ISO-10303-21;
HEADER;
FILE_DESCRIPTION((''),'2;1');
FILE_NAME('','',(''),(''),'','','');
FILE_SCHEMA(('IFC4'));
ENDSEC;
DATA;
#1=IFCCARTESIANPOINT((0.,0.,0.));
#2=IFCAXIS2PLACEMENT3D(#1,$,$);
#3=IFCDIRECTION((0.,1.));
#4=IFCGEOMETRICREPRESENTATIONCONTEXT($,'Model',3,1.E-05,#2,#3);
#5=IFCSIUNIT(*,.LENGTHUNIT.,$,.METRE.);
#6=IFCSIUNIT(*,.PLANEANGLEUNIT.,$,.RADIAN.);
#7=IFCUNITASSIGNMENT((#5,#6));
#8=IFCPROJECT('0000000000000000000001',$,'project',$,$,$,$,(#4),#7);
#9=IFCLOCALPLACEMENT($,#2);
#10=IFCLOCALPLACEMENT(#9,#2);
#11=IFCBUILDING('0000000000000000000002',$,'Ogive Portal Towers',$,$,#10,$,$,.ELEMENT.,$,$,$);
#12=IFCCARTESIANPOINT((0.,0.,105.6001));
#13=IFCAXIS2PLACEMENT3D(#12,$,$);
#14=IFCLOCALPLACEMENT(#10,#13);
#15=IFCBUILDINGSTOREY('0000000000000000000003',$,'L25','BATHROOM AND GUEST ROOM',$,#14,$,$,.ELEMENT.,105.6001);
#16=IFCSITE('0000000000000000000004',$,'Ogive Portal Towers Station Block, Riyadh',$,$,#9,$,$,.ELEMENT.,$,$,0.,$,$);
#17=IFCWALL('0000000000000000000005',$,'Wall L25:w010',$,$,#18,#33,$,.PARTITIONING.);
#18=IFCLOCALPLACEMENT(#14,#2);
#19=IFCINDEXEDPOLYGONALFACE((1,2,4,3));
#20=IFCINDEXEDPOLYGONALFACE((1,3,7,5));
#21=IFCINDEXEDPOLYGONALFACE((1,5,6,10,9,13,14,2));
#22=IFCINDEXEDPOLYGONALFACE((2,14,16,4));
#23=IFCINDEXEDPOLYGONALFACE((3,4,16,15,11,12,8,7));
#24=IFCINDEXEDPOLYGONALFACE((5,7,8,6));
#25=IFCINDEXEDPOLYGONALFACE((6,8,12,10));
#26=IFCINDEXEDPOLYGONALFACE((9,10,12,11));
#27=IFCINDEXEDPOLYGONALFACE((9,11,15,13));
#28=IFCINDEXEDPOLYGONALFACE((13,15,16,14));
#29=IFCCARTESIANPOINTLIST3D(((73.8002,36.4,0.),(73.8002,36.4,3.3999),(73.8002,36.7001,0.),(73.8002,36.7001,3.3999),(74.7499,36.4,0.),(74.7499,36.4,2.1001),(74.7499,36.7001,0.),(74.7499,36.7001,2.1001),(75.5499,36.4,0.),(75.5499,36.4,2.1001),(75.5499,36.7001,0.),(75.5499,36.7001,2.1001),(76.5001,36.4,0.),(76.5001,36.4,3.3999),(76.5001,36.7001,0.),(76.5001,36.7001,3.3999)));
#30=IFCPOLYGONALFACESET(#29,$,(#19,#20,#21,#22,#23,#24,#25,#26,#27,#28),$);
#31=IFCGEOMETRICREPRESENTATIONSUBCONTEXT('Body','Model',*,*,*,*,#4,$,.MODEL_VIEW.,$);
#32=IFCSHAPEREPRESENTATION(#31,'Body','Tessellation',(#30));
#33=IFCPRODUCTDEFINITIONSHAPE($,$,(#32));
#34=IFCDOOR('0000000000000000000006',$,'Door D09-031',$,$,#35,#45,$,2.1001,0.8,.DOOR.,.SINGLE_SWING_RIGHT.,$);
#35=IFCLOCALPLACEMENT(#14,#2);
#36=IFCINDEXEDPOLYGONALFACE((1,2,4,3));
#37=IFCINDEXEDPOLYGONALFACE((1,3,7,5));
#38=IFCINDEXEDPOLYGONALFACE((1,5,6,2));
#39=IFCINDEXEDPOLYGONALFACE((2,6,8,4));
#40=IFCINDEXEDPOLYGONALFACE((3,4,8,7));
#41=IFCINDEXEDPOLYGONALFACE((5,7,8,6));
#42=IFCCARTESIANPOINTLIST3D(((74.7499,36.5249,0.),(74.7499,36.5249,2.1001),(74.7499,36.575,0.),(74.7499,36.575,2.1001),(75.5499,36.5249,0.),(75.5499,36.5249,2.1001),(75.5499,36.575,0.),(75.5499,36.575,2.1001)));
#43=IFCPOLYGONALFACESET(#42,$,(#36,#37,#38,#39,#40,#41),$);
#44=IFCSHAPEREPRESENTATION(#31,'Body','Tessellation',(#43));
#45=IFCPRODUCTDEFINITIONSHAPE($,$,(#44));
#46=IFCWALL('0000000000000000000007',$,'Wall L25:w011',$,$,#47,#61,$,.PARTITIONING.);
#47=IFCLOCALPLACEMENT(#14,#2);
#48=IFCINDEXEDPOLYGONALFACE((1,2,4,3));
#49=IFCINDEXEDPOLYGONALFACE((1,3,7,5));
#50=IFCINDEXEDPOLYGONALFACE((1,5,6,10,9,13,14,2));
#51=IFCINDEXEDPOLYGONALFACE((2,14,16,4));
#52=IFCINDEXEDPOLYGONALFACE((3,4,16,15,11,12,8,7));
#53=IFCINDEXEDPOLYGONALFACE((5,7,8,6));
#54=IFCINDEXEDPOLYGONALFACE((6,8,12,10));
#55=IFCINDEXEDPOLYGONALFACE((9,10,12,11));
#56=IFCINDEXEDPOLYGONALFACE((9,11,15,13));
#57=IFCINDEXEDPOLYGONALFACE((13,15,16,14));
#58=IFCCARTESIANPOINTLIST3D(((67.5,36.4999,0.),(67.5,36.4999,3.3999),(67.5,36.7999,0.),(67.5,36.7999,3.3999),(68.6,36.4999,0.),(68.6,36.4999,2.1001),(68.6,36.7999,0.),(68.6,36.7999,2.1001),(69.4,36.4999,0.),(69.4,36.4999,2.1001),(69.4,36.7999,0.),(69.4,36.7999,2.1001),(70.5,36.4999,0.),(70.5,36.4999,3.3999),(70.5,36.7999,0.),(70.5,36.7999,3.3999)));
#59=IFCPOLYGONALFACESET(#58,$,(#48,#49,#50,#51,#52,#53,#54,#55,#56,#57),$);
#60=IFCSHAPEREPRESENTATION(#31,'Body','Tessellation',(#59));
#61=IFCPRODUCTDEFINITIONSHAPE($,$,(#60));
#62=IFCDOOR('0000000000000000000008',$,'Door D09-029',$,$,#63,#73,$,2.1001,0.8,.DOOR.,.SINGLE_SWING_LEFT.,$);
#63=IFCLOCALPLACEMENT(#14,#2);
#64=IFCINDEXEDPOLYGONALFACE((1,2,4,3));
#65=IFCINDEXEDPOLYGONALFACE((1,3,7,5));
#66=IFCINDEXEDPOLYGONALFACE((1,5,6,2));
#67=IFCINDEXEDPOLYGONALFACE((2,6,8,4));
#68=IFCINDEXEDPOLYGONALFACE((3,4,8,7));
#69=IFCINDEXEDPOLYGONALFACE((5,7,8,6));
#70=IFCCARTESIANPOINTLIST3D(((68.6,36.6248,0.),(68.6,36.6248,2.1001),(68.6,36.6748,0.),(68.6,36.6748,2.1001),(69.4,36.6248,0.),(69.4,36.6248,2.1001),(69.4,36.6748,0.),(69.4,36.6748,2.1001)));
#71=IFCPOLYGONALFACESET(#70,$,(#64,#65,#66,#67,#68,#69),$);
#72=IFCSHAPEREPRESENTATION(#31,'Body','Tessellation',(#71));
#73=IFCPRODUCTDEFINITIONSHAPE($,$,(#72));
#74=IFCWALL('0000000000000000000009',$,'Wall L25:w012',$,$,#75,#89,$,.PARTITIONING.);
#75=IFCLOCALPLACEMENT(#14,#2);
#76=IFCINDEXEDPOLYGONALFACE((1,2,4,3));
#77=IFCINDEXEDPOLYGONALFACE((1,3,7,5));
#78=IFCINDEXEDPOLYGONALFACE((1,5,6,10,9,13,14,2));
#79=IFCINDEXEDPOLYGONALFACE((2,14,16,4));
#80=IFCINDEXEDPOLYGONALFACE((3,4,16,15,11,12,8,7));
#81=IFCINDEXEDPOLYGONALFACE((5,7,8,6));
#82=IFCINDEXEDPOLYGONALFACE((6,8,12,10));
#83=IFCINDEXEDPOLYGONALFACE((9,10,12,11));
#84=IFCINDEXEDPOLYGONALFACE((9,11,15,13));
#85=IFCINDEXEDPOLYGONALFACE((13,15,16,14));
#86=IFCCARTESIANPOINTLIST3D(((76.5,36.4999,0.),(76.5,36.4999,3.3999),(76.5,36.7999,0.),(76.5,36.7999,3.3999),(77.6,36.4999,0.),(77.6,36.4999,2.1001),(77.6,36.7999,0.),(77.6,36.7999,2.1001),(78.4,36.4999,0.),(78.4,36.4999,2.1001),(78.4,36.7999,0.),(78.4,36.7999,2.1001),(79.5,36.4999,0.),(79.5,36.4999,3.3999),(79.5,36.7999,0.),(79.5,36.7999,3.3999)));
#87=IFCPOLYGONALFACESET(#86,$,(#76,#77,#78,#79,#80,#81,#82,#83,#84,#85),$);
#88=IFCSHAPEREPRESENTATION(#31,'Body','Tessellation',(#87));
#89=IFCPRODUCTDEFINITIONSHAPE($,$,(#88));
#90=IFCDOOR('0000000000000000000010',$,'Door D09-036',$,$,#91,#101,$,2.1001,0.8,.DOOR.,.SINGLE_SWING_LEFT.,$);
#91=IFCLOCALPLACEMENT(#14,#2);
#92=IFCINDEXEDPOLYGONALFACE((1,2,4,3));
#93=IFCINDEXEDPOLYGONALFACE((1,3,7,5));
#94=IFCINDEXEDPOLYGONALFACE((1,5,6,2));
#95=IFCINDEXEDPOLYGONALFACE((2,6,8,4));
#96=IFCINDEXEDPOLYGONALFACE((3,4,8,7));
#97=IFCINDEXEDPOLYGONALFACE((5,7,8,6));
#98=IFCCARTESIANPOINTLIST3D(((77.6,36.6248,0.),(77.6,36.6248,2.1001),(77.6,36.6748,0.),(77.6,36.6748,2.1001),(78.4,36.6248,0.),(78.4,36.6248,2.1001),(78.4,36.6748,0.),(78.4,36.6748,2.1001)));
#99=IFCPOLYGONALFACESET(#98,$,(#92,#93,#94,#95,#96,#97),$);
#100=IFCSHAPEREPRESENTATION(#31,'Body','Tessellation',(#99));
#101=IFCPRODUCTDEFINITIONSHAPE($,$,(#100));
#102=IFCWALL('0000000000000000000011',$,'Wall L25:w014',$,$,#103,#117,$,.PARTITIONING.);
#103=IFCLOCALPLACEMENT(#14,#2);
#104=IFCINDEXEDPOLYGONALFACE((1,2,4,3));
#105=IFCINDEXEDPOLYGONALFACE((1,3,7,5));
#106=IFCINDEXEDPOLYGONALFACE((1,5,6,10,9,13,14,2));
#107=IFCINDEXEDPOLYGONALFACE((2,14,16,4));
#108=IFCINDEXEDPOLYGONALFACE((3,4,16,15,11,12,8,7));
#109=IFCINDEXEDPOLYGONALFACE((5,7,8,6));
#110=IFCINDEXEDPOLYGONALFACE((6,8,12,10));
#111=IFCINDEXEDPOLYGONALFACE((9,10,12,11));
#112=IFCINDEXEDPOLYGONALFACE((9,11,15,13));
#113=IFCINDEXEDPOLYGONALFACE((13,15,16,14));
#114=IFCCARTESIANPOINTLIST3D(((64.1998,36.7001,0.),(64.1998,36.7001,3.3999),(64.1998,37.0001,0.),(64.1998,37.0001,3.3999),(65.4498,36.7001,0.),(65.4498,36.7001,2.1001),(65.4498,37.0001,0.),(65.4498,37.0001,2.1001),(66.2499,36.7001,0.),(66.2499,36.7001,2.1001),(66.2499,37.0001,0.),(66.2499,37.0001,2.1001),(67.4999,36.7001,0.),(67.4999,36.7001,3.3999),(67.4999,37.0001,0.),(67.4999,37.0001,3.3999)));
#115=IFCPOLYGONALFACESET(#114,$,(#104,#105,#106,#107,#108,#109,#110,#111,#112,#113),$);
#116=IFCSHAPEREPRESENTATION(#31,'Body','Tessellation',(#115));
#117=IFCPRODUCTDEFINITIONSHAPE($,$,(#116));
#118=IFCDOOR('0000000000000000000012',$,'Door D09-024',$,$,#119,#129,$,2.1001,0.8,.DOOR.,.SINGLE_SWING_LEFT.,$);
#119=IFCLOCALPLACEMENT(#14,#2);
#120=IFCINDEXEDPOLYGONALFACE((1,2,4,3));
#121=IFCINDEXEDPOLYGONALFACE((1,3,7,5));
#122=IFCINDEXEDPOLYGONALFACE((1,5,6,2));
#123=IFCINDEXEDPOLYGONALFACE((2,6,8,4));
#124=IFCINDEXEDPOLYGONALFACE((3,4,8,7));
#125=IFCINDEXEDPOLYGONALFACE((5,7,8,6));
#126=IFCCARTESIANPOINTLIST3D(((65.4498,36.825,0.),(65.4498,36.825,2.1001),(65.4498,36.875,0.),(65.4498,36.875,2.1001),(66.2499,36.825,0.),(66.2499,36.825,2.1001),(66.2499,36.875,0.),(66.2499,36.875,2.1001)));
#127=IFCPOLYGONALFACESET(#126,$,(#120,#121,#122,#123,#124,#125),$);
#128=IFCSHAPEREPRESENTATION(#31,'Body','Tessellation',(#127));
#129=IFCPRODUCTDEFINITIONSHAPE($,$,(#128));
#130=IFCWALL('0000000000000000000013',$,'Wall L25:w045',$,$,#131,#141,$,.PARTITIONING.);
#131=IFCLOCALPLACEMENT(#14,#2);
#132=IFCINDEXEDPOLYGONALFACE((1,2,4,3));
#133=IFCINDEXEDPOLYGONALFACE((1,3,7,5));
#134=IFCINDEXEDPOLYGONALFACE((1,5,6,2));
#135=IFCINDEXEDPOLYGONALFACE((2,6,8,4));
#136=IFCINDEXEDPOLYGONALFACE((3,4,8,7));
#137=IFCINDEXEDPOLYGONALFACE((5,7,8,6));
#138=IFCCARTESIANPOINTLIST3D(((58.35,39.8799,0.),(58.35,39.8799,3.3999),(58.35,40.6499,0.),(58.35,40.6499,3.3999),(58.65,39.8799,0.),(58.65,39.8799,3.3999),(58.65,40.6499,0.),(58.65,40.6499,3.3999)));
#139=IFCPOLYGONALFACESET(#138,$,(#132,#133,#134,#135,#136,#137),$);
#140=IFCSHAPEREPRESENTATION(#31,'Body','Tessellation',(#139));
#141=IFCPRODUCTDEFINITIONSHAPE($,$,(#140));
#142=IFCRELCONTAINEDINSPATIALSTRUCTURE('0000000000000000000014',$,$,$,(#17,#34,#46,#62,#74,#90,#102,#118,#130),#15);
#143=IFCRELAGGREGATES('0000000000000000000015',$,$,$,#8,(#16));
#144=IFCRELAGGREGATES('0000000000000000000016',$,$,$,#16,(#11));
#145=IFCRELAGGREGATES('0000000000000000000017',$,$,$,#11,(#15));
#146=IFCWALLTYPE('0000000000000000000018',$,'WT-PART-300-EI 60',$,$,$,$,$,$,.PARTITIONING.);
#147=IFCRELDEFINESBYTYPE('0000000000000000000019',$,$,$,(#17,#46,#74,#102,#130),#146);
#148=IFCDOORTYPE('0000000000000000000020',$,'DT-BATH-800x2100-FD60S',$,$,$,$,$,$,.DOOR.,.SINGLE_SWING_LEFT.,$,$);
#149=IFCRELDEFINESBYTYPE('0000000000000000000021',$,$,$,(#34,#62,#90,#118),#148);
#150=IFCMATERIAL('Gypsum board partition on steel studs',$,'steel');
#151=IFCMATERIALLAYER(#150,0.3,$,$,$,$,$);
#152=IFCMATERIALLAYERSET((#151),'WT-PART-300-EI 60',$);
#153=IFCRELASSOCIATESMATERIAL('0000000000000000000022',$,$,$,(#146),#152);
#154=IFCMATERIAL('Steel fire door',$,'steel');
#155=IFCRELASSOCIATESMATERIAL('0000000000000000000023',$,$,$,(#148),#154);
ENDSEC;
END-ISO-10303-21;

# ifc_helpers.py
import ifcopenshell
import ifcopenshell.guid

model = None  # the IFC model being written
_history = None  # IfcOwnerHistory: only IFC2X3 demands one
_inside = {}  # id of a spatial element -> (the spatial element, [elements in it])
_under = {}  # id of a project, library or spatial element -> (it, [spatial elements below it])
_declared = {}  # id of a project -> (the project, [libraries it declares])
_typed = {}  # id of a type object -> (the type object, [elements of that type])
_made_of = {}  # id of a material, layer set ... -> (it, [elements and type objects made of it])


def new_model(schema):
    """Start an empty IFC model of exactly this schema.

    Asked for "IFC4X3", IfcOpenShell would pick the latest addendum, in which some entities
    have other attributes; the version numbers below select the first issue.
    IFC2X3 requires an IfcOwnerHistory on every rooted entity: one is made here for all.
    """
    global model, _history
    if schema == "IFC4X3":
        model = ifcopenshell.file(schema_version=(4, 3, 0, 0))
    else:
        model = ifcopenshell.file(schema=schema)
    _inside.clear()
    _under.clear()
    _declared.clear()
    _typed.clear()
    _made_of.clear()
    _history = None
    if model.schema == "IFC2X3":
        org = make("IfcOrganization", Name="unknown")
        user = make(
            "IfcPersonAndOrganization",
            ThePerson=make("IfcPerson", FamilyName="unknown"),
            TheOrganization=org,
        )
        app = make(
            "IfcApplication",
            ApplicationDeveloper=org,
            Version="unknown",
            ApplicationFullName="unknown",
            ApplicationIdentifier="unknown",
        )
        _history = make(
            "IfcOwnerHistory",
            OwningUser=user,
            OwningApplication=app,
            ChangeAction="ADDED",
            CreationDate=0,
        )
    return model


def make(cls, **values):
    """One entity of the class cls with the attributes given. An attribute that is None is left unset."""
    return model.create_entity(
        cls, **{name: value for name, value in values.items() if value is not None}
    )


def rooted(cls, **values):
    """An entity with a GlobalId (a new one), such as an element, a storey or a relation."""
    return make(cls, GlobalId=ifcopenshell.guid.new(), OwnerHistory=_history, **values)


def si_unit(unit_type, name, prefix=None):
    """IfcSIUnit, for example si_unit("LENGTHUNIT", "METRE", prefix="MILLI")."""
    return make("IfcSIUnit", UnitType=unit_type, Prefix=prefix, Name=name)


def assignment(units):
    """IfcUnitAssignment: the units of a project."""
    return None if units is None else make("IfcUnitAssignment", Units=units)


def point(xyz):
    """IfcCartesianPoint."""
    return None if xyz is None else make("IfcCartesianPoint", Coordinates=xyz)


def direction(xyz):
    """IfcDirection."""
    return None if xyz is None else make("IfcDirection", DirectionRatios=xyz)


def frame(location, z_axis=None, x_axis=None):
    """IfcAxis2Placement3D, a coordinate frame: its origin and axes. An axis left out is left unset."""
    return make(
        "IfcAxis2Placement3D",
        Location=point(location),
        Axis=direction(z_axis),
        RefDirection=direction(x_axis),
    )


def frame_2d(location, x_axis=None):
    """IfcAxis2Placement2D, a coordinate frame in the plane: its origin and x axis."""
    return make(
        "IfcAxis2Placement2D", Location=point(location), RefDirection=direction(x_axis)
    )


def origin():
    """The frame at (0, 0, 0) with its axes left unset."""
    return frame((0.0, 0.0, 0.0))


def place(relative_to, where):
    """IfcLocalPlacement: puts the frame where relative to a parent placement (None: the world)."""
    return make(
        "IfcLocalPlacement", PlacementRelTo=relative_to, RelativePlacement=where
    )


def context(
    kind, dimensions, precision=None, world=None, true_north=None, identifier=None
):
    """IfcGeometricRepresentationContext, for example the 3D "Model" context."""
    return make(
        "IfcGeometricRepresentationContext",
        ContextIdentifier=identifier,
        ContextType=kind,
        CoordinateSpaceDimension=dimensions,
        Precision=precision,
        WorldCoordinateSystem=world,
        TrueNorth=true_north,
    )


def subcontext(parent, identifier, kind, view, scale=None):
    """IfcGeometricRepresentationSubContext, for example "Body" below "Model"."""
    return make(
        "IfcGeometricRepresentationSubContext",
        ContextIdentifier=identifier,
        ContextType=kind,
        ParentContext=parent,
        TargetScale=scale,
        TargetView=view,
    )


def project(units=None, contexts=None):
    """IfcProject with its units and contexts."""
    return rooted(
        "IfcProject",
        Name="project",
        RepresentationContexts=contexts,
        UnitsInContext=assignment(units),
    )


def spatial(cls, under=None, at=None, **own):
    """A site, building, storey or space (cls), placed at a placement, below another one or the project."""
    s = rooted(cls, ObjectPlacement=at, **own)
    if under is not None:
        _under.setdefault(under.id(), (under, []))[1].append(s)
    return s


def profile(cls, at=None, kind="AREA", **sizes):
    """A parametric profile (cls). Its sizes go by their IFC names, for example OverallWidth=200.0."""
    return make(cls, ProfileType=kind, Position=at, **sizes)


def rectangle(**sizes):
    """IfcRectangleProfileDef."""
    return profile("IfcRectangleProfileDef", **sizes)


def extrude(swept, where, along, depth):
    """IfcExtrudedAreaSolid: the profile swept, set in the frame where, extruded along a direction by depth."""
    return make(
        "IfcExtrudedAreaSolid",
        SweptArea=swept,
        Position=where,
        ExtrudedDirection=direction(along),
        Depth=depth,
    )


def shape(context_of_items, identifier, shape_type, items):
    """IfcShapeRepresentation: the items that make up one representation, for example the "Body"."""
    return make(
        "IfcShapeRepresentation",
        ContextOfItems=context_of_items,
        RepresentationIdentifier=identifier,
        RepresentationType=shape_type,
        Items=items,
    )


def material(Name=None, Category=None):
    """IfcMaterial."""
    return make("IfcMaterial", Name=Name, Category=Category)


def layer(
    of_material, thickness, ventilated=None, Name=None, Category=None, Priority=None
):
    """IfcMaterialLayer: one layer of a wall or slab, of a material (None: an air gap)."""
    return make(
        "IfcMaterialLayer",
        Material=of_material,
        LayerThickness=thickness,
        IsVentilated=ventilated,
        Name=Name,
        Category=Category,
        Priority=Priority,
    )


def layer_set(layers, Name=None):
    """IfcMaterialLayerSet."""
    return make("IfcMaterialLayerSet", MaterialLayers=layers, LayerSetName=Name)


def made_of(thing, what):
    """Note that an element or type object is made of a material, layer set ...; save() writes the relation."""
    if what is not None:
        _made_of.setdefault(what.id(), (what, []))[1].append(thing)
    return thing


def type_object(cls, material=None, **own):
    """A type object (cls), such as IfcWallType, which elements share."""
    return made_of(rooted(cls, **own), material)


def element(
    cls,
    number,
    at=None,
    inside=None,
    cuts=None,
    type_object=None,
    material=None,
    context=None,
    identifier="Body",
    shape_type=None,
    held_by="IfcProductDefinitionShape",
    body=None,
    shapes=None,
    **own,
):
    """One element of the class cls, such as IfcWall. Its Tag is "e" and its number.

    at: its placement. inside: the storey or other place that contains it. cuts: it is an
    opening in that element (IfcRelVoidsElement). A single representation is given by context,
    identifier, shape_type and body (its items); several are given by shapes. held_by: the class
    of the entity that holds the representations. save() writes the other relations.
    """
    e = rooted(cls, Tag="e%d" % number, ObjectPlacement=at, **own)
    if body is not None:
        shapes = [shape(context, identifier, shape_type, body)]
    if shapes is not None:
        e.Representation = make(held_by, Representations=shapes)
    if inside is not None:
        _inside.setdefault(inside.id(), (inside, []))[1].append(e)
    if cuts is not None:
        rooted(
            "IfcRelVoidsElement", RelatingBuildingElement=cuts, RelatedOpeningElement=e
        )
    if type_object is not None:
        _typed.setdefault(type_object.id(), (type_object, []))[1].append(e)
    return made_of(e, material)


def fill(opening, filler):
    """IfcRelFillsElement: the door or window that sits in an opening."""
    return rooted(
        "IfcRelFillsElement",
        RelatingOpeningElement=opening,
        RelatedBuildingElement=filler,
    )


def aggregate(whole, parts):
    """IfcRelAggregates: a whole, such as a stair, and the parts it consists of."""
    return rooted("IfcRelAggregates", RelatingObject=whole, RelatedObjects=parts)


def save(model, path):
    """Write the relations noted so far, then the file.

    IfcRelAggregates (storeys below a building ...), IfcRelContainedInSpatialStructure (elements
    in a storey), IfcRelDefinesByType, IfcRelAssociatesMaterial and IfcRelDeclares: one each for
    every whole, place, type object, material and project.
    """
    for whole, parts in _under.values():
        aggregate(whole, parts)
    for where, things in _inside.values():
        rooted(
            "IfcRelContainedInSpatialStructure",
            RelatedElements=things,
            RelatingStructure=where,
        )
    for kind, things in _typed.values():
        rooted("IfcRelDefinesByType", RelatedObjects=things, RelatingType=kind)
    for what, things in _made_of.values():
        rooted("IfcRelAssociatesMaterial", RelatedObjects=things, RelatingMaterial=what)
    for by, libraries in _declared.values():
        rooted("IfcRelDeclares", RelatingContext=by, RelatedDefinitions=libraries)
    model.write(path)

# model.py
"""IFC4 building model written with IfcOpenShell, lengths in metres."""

from ifc_helpers import new_model, si_unit, direction, frame, frame_2d, origin, place, context, subcontext, project, spatial, rectangle, extrude, material, layer, layer_set, type_object, element, fill, save


model = new_model("IFC4")

# Units and contexts
model_context = context("Model", 3, precision=1e-05, world=origin(), true_north=direction((0.0, 1.0)))
body_context = subcontext(model_context, "Body", "Model", "MODEL_VIEW")
ifc_project = project(units=[si_unit("LENGTHUNIT", "METRE"), si_unit("PLANEANGLEUNIT", "RADIAN")], contexts=[model_context])

# Site, building, storey
site_placement = place(None, origin())
site = spatial("IfcSite", under=ifc_project, at=site_placement, Name="Ogive Portal Towers Station Block, Riyadh", CompositionType="ELEMENT", RefElevation=0.0)
building_placement = place(site_placement, origin())
building = spatial("IfcBuilding", under=site, at=building_placement, Name="Ogive Portal Towers", CompositionType="ELEMENT")
storey_placement = place(building_placement, frame((0.0, 0.0, 105.6001)))
storey = spatial("IfcBuildingStorey", under=building, at=storey_placement, Name="L25", Description="BATHROOM AND GUEST ROOM", CompositionType="ELEMENT", Elevation=105.6001)

# Walls, openings, doors
ifc_material_1 = material(Name="Gypsum board partition on steel studs", Category="steel")
ifc_layer_1 = layer(ifc_material_1, 0.3)
ifc_layer_set_1 = layer_set([ifc_layer_1], Name="WT-PART-300-EI 60")
wall_type = type_object("IfcWallType", Name="WT-PART-300-EI 60", PredefinedType="PARTITIONING", material=ifc_layer_set_1)
wall_1_placement = place(storey_placement, frame((73.8, 36.55, 0.0), z_axis=(0.0, 0.0, 1.0), x_axis=(1.0, 0.0, 0.0)))
wall_1 = element("IfcWall", 1, at=wall_1_placement, inside=storey, type_object=wall_type, Name="Wall L25:w010", PredefinedType="PARTITIONING", context=body_context, shape_type="SweptSolid", body=[
    extrude(rectangle(XDim=2.7, YDim=0.3, at=frame_2d((1.3501, 0.0))), origin(), (0.0, 0.0, 1.0), 3.3999),
])
opening_1_placement = place(wall_1_placement, frame((0.95, 0.0, 0.0)))
opening_1 = element("IfcOpeningElement", 2, at=opening_1_placement, cuts=wall_1, PredefinedType="OPENING", context=body_context, shape_type="SweptSolid", body=[
    extrude(rectangle(XDim=0.8, YDim=2.1001, at=frame_2d((0.3999, 1.05))), frame((0.0, 0.1602, 0.0), z_axis=(0.0, -1.0, 0.0), x_axis=(1.0, 0.0, 0.0)), (0.0, 0.0, 1.0), 0.3201),
])
ifc_material_2 = material(Name="Steel fire door", Category="steel")
door_type = type_object("IfcDoorType", Name="DT-BATH-800x2100-FD60S", OperationType="SINGLE_SWING_LEFT", PredefinedType="DOOR", material=ifc_material_2)
door_1_placement = place(opening_1_placement, origin())
door_1 = element("IfcDoor", 3, at=door_1_placement, inside=storey, type_object=door_type, Name="Door D09-031", OperationType="SINGLE_SWING_RIGHT", OverallHeight=2.1001, OverallWidth=0.8, PredefinedType="DOOR", context=body_context, shape_type="SweptSolid", body=[
    extrude(rectangle(XDim=0.8, YDim=2.1001, at=frame_2d((0.3999, 1.05))), frame((0.0, 0.0249, 0.0), z_axis=(0.0, -1.0, 0.0), x_axis=(1.0, 0.0, 0.0)), (0.0, 0.0, 1.0), 0.05),
])
fill(opening_1, door_1)
wall_2_placement = place(storey_placement, frame((67.5, 36.6499, 0.0), z_axis=(0.0, 0.0, 1.0), x_axis=(1.0, 0.0, 0.0)))
wall_2 = element("IfcWall", 4, at=wall_2_placement, inside=storey, type_object=wall_type, Name="Wall L25:w011", PredefinedType="PARTITIONING", context=body_context, shape_type="SweptSolid", body=[
    extrude(rectangle(XDim=3.0, YDim=0.3, at=frame_2d((1.5, 0.0))), origin(), (0.0, 0.0, 1.0), 3.3999),
])
opening_2_placement = place(wall_2_placement, frame((1.1001, 0.0, 0.0)))
opening_2 = element("IfcOpeningElement", 5, at=opening_2_placement, cuts=wall_2, PredefinedType="OPENING", context=body_context, shape_type="SweptSolid", body=[
    extrude(rectangle(XDim=0.8, YDim=2.1001, at=frame_2d((0.3999, 1.05))), frame((0.0, 0.1602, 0.0), z_axis=(0.0, -1.0, 0.0), x_axis=(1.0, 0.0, 0.0)), (0.0, 0.0, 1.0), 0.3201),
])
door_2_placement = place(opening_2_placement, origin())
door_2 = element("IfcDoor", 6, at=door_2_placement, inside=storey, type_object=door_type, Name="Door D09-029", OperationType="SINGLE_SWING_LEFT", OverallHeight=2.1001, OverallWidth=0.8, PredefinedType="DOOR", context=body_context, shape_type="SweptSolid", body=[
    extrude(rectangle(XDim=0.8, YDim=2.1001, at=frame_2d((0.3999, 1.05))), frame((0.0, 0.0249, 0.0), z_axis=(0.0, -1.0, 0.0), x_axis=(1.0, 0.0, 0.0)), (0.0, 0.0, 1.0), 0.05),
])
fill(opening_2, door_2)
wall_3_placement = place(storey_placement, frame((76.5, 36.6499, 0.0), z_axis=(0.0, 0.0, 1.0), x_axis=(1.0, 0.0, 0.0)))
wall_3 = element("IfcWall", 7, at=wall_3_placement, inside=storey, type_object=wall_type, Name="Wall L25:w012", PredefinedType="PARTITIONING", context=body_context, shape_type="SweptSolid", body=[
    extrude(rectangle(XDim=3.0, YDim=0.3, at=frame_2d((1.5, 0.0))), origin(), (0.0, 0.0, 1.0), 3.3999),
])
opening_3_placement = place(wall_3_placement, frame((1.1001, 0.0, 0.0)))
opening_3 = element("IfcOpeningElement", 8, at=opening_3_placement, cuts=wall_3, PredefinedType="OPENING", context=body_context, shape_type="SweptSolid", body=[
    extrude(rectangle(XDim=0.8, YDim=2.1001, at=frame_2d((0.3999, 1.05))), frame((0.0, 0.1602, 0.0), z_axis=(0.0, -1.0, 0.0), x_axis=(1.0, 0.0, 0.0)), (0.0, 0.0, 1.0), 0.3201),
])
door_3_placement = place(opening_3_placement, origin())
door_3 = element("IfcDoor", 9, at=door_3_placement, inside=storey, type_object=door_type, Name="Door D09-036", OperationType="SINGLE_SWING_LEFT", OverallHeight=2.1001, OverallWidth=0.8, PredefinedType="DOOR", context=body_context, shape_type="SweptSolid", body=[
    extrude(rectangle(XDim=0.8, YDim=2.1001, at=frame_2d((0.3999, 1.05))), frame((0.0, 0.0249, 0.0), z_axis=(0.0, -1.0, 0.0), x_axis=(1.0, 0.0, 0.0)), (0.0, 0.0, 1.0), 0.05),
])
fill(opening_3, door_3)
wall_4_placement = place(storey_placement, frame((64.2, 36.8501, 0.0), z_axis=(0.0, 0.0, 1.0), x_axis=(1.0, 0.0, 0.0)))
wall_4 = element("IfcWall", 10, at=wall_4_placement, inside=storey, type_object=wall_type, Name="Wall L25:w014", PredefinedType="PARTITIONING", context=body_context, shape_type="SweptSolid", body=[
    extrude(rectangle(XDim=3.3, YDim=0.3, at=frame_2d((1.6499, 0.0))), origin(), (0.0, 0.0, 1.0), 3.3999),
])
opening_4_placement = place(wall_4_placement, frame((1.25, 0.0, 0.0)))
opening_4 = element("IfcOpeningElement", 11, at=opening_4_placement, cuts=wall_4, PredefinedType="OPENING", context=body_context, shape_type="SweptSolid", body=[
    extrude(rectangle(XDim=0.8, YDim=2.1001, at=frame_2d((0.3999, 1.05))), frame((0.0, 0.1602, 0.0), z_axis=(0.0, -1.0, 0.0), x_axis=(1.0, 0.0, 0.0)), (0.0, 0.0, 1.0), 0.3201),
])
door_4_placement = place(opening_4_placement, origin())
door_4 = element("IfcDoor", 12, at=door_4_placement, inside=storey, type_object=door_type, Name="Door D09-024", OperationType="SINGLE_SWING_LEFT", OverallHeight=2.1001, OverallWidth=0.8, PredefinedType="DOOR", context=body_context, shape_type="SweptSolid", body=[
    extrude(rectangle(XDim=0.8, YDim=2.1001, at=frame_2d((0.3999, 1.05))), frame((0.0, 0.0249, 0.0), z_axis=(0.0, -1.0, 0.0), x_axis=(1.0, 0.0, 0.0)), (0.0, 0.0, 1.0), 0.05),
])
fill(opening_4, door_4)

# Wall
wall_5_placement = place(storey_placement, frame((58.5, 39.8799, 0.0), z_axis=(0.0, 0.0, 1.0), x_axis=(0.0, 1.0, 0.0)))
element("IfcWall", 13, at=wall_5_placement, inside=storey, type_object=wall_type, Name="Wall L25:w045", PredefinedType="PARTITIONING", context=body_context, shape_type="SweptSolid", body=[
    extrude(rectangle(XDim=0.77, YDim=0.3, at=frame_2d((0.385, 0.0))), origin(), (0.0, 0.0, 1.0), 3.3999),
])

save(model, "model.ifc")
